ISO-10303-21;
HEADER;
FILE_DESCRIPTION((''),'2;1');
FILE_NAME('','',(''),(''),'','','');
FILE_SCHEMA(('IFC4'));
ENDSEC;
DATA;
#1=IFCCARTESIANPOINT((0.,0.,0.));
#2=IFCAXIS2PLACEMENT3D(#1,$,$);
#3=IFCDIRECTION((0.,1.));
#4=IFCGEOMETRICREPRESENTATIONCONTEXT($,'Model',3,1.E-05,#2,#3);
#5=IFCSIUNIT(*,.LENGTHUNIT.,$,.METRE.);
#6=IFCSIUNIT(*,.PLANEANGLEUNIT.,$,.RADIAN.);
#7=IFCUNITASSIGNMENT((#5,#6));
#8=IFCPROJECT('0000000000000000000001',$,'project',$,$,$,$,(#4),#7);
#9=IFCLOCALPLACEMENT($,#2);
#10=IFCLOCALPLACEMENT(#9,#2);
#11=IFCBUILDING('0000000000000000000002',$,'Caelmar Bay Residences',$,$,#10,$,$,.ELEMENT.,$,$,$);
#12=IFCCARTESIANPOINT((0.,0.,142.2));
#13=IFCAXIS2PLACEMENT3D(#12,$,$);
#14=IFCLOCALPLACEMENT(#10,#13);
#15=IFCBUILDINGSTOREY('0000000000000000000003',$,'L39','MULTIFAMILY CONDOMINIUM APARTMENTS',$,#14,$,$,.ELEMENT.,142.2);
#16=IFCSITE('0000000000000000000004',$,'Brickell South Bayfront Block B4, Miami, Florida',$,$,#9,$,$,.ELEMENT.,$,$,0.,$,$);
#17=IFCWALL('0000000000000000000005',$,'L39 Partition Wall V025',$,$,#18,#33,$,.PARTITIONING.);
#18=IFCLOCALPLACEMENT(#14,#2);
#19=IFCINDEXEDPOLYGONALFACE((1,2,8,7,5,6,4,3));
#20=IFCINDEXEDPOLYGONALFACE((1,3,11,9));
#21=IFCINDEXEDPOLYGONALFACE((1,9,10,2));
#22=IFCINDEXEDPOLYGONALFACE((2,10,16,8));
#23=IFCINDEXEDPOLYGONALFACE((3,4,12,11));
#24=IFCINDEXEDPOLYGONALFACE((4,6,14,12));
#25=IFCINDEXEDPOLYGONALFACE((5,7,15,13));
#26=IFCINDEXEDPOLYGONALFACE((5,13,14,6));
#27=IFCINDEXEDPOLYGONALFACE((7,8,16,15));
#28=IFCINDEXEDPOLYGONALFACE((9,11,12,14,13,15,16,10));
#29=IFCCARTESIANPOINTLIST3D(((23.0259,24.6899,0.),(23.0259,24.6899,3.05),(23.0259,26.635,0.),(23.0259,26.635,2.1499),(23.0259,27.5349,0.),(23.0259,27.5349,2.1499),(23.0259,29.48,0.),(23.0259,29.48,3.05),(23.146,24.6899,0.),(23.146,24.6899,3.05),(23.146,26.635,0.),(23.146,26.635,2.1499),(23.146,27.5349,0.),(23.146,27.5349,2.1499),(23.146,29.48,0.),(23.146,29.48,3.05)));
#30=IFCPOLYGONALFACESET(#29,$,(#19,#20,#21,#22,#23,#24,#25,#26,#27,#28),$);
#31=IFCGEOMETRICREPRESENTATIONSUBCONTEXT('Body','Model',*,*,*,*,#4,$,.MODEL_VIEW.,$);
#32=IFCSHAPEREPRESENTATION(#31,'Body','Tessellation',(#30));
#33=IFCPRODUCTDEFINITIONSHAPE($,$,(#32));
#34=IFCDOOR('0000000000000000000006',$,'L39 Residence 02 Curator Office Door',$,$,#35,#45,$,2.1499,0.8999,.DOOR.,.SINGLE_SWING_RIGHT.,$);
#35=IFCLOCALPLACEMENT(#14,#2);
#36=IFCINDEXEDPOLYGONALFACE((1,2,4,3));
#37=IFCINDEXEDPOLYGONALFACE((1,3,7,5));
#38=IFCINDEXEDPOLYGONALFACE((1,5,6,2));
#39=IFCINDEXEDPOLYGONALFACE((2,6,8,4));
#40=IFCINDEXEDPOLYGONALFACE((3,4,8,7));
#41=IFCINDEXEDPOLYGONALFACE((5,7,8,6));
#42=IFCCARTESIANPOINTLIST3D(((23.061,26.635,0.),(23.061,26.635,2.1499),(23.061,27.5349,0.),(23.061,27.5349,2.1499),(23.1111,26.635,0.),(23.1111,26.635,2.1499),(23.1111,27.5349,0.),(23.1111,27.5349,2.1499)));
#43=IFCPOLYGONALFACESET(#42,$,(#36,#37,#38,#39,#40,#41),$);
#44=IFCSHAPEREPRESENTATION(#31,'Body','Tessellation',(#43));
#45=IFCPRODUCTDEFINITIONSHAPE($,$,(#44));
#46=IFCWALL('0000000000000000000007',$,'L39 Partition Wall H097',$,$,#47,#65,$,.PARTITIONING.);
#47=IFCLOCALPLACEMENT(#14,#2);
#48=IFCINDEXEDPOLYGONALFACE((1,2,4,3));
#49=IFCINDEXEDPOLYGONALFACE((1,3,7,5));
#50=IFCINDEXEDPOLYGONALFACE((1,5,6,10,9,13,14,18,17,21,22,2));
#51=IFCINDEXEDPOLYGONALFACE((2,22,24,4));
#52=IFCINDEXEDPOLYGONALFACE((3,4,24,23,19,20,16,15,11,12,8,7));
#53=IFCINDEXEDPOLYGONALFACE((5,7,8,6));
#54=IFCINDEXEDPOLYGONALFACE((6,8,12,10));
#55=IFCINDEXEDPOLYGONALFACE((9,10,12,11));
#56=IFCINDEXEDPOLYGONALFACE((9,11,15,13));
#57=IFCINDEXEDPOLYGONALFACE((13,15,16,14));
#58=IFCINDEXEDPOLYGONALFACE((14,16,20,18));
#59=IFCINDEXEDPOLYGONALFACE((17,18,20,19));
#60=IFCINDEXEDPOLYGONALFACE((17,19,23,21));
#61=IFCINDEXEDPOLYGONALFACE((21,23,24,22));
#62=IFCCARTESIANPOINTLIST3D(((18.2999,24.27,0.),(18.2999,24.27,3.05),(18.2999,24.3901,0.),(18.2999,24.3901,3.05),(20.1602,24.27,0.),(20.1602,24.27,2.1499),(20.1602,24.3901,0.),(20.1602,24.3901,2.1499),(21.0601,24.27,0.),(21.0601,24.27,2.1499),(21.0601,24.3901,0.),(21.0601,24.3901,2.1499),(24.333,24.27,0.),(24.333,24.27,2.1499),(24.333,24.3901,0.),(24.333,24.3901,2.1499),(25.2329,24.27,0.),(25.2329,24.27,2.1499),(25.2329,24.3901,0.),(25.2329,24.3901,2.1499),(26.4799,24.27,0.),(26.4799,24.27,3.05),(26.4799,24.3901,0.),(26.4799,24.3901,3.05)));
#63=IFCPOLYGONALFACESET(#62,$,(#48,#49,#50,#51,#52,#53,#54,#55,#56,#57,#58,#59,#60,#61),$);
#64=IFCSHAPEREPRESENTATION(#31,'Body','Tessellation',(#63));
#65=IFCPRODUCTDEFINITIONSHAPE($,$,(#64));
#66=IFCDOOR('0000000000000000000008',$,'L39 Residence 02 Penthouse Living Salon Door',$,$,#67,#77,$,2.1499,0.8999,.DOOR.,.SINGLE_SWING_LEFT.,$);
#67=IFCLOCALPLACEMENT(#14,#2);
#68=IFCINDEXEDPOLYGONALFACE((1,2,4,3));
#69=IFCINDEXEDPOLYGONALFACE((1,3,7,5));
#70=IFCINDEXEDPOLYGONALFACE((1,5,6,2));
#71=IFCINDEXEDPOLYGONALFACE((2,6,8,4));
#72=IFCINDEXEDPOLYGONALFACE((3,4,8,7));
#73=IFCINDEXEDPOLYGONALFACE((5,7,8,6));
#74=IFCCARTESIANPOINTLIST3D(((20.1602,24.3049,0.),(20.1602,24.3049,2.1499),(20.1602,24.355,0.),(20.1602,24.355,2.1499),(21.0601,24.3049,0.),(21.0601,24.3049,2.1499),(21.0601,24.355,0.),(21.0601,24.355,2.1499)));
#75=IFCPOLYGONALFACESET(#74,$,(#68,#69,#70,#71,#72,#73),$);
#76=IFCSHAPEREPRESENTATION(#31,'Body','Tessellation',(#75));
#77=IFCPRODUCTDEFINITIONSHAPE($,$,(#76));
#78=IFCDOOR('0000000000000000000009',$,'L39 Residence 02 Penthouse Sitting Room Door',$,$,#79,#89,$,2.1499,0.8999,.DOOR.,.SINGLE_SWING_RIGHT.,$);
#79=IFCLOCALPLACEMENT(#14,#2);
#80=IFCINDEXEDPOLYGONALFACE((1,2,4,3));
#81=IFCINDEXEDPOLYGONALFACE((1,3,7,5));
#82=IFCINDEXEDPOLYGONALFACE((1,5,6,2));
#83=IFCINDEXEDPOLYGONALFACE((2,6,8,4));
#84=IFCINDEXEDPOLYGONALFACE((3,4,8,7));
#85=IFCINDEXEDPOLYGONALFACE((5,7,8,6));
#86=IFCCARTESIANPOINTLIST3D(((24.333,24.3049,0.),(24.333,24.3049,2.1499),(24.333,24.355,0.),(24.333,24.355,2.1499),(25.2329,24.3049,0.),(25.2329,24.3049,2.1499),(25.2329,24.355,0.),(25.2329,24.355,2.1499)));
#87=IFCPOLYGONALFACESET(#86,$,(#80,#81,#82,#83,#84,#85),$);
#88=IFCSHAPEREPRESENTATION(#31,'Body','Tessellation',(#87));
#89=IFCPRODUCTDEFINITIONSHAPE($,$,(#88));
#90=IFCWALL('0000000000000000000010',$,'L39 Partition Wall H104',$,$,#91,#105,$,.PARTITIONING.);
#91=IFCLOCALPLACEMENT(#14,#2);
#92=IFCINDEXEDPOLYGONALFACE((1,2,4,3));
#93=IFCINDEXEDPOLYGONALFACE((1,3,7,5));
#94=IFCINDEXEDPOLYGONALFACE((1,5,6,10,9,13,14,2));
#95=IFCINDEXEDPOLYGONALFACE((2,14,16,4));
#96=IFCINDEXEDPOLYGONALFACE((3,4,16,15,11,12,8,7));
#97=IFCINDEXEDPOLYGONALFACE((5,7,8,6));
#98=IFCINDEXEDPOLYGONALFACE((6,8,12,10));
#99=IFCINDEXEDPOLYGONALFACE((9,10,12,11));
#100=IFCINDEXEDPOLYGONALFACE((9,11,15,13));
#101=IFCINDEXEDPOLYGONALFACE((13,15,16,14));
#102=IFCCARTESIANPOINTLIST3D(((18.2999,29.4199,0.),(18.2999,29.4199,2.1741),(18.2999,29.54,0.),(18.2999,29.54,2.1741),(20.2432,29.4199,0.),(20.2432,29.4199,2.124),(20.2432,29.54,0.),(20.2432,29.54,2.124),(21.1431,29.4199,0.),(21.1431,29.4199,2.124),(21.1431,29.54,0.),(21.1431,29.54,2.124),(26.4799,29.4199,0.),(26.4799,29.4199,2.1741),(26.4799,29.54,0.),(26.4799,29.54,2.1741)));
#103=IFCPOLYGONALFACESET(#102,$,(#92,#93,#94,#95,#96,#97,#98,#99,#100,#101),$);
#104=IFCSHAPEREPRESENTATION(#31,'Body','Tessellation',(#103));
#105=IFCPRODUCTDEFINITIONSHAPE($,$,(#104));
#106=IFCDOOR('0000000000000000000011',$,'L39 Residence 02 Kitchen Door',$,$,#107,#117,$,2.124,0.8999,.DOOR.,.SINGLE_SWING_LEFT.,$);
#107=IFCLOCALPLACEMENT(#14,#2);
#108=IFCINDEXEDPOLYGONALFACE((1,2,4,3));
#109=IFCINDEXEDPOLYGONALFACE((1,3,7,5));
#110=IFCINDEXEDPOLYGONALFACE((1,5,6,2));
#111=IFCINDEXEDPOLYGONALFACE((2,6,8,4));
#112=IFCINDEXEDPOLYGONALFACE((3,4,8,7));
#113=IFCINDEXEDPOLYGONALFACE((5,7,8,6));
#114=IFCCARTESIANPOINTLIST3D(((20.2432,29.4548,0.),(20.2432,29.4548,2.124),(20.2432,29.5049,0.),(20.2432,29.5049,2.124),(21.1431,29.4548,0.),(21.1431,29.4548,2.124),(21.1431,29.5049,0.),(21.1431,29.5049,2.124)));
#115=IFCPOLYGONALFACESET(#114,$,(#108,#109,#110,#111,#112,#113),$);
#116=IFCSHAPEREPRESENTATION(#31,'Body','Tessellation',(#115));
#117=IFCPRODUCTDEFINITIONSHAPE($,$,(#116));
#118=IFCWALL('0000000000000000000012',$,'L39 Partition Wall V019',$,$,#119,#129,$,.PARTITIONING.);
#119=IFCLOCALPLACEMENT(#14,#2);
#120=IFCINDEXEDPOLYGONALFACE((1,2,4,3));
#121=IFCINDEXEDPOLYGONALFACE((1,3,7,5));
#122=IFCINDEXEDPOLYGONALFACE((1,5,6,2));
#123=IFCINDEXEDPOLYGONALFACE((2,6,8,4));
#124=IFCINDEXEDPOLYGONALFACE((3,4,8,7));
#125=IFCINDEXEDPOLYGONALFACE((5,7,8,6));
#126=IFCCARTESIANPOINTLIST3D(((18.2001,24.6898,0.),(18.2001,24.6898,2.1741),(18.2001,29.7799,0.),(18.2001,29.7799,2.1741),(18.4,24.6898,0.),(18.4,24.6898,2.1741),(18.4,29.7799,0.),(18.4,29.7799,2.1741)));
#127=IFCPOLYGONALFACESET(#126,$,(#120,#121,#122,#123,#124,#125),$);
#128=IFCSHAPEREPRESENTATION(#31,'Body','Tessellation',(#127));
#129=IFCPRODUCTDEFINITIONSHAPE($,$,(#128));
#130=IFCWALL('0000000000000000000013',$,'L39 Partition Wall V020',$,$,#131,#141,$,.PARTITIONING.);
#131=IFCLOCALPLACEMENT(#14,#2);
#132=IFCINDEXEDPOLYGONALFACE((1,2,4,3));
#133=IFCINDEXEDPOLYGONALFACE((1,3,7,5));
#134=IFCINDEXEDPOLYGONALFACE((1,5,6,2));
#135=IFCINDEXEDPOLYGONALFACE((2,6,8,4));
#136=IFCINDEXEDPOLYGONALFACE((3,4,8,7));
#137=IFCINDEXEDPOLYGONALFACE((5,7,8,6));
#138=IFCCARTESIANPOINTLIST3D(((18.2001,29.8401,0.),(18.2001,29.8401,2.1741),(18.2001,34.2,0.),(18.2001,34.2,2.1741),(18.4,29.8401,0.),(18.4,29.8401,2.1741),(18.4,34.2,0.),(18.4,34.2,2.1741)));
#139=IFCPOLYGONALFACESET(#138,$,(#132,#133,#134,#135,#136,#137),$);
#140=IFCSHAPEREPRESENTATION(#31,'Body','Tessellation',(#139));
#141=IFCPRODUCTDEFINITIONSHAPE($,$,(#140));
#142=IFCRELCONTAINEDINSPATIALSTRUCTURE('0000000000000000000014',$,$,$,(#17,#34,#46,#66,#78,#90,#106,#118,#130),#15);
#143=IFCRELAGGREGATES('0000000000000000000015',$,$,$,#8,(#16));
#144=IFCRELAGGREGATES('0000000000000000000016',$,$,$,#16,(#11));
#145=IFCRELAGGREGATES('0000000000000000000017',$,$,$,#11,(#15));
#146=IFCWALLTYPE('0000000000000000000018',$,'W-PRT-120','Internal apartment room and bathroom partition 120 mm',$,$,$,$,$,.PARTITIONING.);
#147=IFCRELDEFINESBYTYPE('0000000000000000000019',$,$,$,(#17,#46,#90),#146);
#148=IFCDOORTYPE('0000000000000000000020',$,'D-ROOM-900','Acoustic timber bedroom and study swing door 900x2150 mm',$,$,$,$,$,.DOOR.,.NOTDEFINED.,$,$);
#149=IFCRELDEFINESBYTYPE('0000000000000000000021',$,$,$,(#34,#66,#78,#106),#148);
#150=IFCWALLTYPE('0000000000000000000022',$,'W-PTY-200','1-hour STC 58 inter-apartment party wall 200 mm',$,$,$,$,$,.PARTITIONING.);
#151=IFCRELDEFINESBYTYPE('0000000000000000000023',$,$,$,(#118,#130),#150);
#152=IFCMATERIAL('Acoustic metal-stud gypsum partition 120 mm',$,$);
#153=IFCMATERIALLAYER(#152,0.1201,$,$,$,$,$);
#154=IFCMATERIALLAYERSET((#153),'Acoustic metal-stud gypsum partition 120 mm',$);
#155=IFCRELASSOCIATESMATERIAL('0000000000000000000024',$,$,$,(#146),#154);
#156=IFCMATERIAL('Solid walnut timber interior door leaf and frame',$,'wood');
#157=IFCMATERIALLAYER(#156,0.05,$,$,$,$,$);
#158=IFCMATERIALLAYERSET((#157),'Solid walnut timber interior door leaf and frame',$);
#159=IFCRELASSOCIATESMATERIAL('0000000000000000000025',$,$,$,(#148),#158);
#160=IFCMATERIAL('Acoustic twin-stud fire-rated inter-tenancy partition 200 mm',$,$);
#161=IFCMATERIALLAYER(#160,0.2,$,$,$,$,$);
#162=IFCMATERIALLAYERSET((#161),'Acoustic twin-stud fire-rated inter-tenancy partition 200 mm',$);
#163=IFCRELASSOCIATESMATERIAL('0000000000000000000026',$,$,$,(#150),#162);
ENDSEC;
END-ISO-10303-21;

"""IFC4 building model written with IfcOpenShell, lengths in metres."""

from ifc_helpers import new_model, si_unit, direction, frame, frame_2d, origin, place, context, subcontext, project, spatial, rectangle, extrude, material, layer, layer_set, type_object, element, fill, save


model = new_model("IFC4")

# Units and contexts
model_context = context("Model", 3, precision=1e-05, world=origin(), true_north=direction((0.0, 1.0)))
body_context = subcontext(model_context, "Body", "Model", "MODEL_VIEW")
ifc_project = project(units=[si_unit("LENGTHUNIT", "METRE"), si_unit("PLANEANGLEUNIT", "RADIAN")], contexts=[model_context])

# Site, building, storey
site_placement = place(None, origin())
site = spatial("IfcSite", under=ifc_project, at=site_placement, Name="Brickell South Bayfront Block B4, Miami, Florida", CompositionType="ELEMENT", RefElevation=0.0)
building_placement = place(site_placement, origin())
building = spatial("IfcBuilding", under=site, at=building_placement, Name="Caelmar Bay Residences", CompositionType="ELEMENT")
storey_placement = place(building_placement, frame((0.0, 0.0, 142.2)))
storey = spatial("IfcBuildingStorey", under=building, at=storey_placement, Name="L39", Description="MULTIFAMILY CONDOMINIUM APARTMENTS", CompositionType="ELEMENT", Elevation=142.2)

# Shared definitions
ifc_material_1 = material(Name="Acoustic metal-stud gypsum partition 120 mm")
ifc_layer_1 = layer(ifc_material_1, 0.1201)
ifc_layer_set_1 = layer_set([ifc_layer_1], Name="Acoustic metal-stud gypsum partition 120 mm")
wall_type_1 = type_object("IfcWallType", Name="W-PRT-120", Description="Internal apartment room and bathroom partition 120 mm", PredefinedType="PARTITIONING", material=ifc_layer_set_1)

# Wall, opening, door
wall_1_placement = place(storey_placement, frame((23.0859, 24.6899, 0.0), z_axis=(0.0, 0.0, 1.0), x_axis=(0.0, 1.0, 0.0)))
wall_1 = element("IfcWall", 1, at=wall_1_placement, inside=storey, type_object=wall_type_1, Name="L39 Partition Wall V025", PredefinedType="PARTITIONING", context=body_context, shape_type="SweptSolid", body=[
    extrude(rectangle(XDim=4.79, YDim=0.1201, at=frame_2d((2.395, 0.0))), origin(), (0.0, 0.0, 1.0), 3.05),
])
opening_1_placement = place(wall_1_placement, frame((1.9451, 0.0, 0.0)))
opening_1 = element("IfcOpeningElement", 2, at=opening_1_placement, cuts=wall_1, PredefinedType="OPENING", context=body_context, shape_type="SweptSolid", body=[
    extrude(rectangle(XDim=0.8999, YDim=2.1499, at=frame_2d((0.45, 1.075))), frame((0.0, 0.0701, 0.0), z_axis=(0.0, -1.0, 0.0), x_axis=(1.0, 0.0, 0.0)), (0.0, 0.0, 1.0), 0.1401),
])
ifc_material_2 = material(Name="Solid walnut timber interior door leaf and frame", Category="wood")
ifc_layer_2 = layer(ifc_material_2, 0.05)
ifc_layer_set_2 = layer_set([ifc_layer_2], Name="Solid walnut timber interior door leaf and frame")
door_type_1 = type_object("IfcDoorType", Name="D-ROOM-900", Description="Acoustic timber bedroom and study swing door 900x2150 mm", OperationType="NOTDEFINED", PredefinedType="DOOR", material=ifc_layer_set_2)
door_1_placement = place(opening_1_placement, origin())
door_1 = element("IfcDoor", 3, at=door_1_placement, inside=storey, type_object=door_type_1, Name="L39 Residence 02 Curator Office Door", OperationType="SINGLE_SWING_RIGHT", OverallHeight=2.1499, OverallWidth=0.8999, PredefinedType="DOOR", context=body_context, shape_type="SweptSolid", body=[
    extrude(rectangle(XDim=0.8999, YDim=2.1499, at=frame_2d((0.45, 1.075))), frame((0.0, 0.0249, 0.0), z_axis=(0.0, -1.0, 0.0), x_axis=(1.0, 0.0, 0.0)), (0.0, 0.0, 1.0), 0.05),
])
fill(opening_1, door_1)

# Wall, openings, doors
wall_2_placement = place(storey_placement, frame((18.3, 24.3301, 0.0), z_axis=(0.0, 0.0, 1.0), x_axis=(1.0, 0.0, 0.0)))
wall_2 = element("IfcWall", 4, at=wall_2_placement, inside=storey, type_object=wall_type_1, Name="L39 Partition Wall H097", PredefinedType="PARTITIONING", context=body_context, shape_type="SweptSolid", body=[
    extrude(rectangle(XDim=8.1799, YDim=0.1201, at=frame_2d((4.0898, 0.0))), origin(), (0.0, 0.0, 1.0), 3.05),
])
opening_2_placement = place(wall_2_placement, frame((1.8601, 0.0, 0.0)))
opening_2 = element("IfcOpeningElement", 5, at=opening_2_placement, cuts=wall_2, PredefinedType="OPENING", context=body_context, shape_type="SweptSolid", body=[
    extrude(rectangle(XDim=0.8999, YDim=2.1499, at=frame_2d((0.45, 1.075))), frame((0.0, 0.0701, 0.0), z_axis=(0.0, -1.0, 0.0), x_axis=(1.0, 0.0, 0.0)), (0.0, 0.0, 1.0), 0.1401),
])
opening_3_placement = place(wall_2_placement, frame((6.033, 0.0, 0.0)))
opening_3 = element("IfcOpeningElement", 6, at=opening_3_placement, cuts=wall_2, PredefinedType="OPENING", context=body_context, shape_type="SweptSolid", body=[
    extrude(rectangle(XDim=0.8999, YDim=2.1499, at=frame_2d((0.45, 1.075))), frame((0.0, 0.0701, 0.0), z_axis=(0.0, -1.0, 0.0), x_axis=(1.0, 0.0, 0.0)), (0.0, 0.0, 1.0), 0.1401),
])
door_2_placement = place(opening_2_placement, origin())
door_2 = element("IfcDoor", 7, at=door_2_placement, inside=storey, type_object=door_type_1, Name="L39 Residence 02 Penthouse Living Salon Door", OperationType="SINGLE_SWING_LEFT", OverallHeight=2.1499, OverallWidth=0.8999, PredefinedType="DOOR", context=body_context, shape_type="SweptSolid", body=[
    extrude(rectangle(XDim=0.8999, YDim=2.1499, at=frame_2d((0.45, 1.075))), frame((0.0, 0.0249, 0.0), z_axis=(0.0, -1.0, 0.0), x_axis=(1.0, 0.0, 0.0)), (0.0, 0.0, 1.0), 0.05),
])
fill(opening_2, door_2)
door_3_placement = place(opening_3_placement, origin())
door_3 = element("IfcDoor", 8, at=door_3_placement, inside=storey, type_object=door_type_1, Name="L39 Residence 02 Penthouse Sitting Room Door", OperationType="SINGLE_SWING_RIGHT", OverallHeight=2.1499, OverallWidth=0.8999, PredefinedType="DOOR", context=body_context, shape_type="SweptSolid", body=[
    extrude(rectangle(XDim=0.8999, YDim=2.1499, at=frame_2d((0.45, 1.075))), frame((0.0, 0.0249, 0.0), z_axis=(0.0, -1.0, 0.0), x_axis=(1.0, 0.0, 0.0)), (0.0, 0.0, 1.0), 0.05),
])
fill(opening_3, door_3)

# Wall, opening, door
wall_3_placement = place(storey_placement, frame((18.3, 29.48, 0.0), z_axis=(0.0, 0.0, 1.0), x_axis=(1.0, 0.0, 0.0)))
wall_3 = element("IfcWall", 9, at=wall_3_placement, inside=storey, type_object=wall_type_1, Name="L39 Partition Wall H104", PredefinedType="PARTITIONING", context=body_context, shape_type="SweptSolid", body=[
    extrude(rectangle(XDim=8.1799, YDim=0.1201, at=frame_2d((4.0898, 0.0))), origin(), (0.0, 0.0, 1.0), 2.1741),
])
opening_4_placement = place(wall_3_placement, frame((1.9431, 0.0, 0.0)))
opening_4 = element("IfcOpeningElement", 10, at=opening_4_placement, cuts=wall_3, PredefinedType="OPENING", context=body_context, shape_type="SweptSolid", body=[
    extrude(rectangle(XDim=0.8999, YDim=2.124, at=frame_2d((0.45, 1.062))), frame((0.0, 0.0701, 0.0), z_axis=(0.0, -1.0, 0.0), x_axis=(1.0, 0.0, 0.0)), (0.0, 0.0, 1.0), 0.1401),
])
door_4_placement = place(opening_4_placement, origin())
door_4 = element("IfcDoor", 11, at=door_4_placement, inside=storey, type_object=door_type_1, Name="L39 Residence 02 Kitchen Door", OperationType="SINGLE_SWING_LEFT", OverallHeight=2.124, OverallWidth=0.8999, PredefinedType="DOOR", context=body_context, shape_type="SweptSolid", body=[
    extrude(rectangle(XDim=0.8999, YDim=2.124, at=frame_2d((0.45, 1.062))), frame((0.0, 0.0249, 0.0), z_axis=(0.0, -1.0, 0.0), x_axis=(1.0, 0.0, 0.0)), (0.0, 0.0, 1.0), 0.05),
])
fill(opening_4, door_4)

# Walls
ifc_material_3 = material(Name="Acoustic twin-stud fire-rated inter-tenancy partition 200 mm")
ifc_layer_3 = layer(ifc_material_3, 0.2)
ifc_layer_set_3 = layer_set([ifc_layer_3], Name="Acoustic twin-stud fire-rated inter-tenancy partition 200 mm")
wall_type_2 = type_object("IfcWallType", Name="W-PTY-200", Description="1-hour STC 58 inter-apartment party wall 200 mm", PredefinedType="PARTITIONING", material=ifc_layer_set_3)
wall_4_placement = place(storey_placement, frame((18.3, 24.6899, 0.0), z_axis=(0.0, 0.0, 1.0), x_axis=(0.0, 1.0, 0.0)))
element("IfcWall", 12, at=wall_4_placement, inside=storey, type_object=wall_type_2, Name="L39 Partition Wall V019", PredefinedType="PARTITIONING", context=body_context, shape_type="SweptSolid", body=[
    extrude(rectangle(XDim=5.0901, YDim=0.2, at=frame_2d((2.5449, 0.0))), origin(), (0.0, 0.0, 1.0), 2.1741),
])
wall_5_placement = place(storey_placement, frame((18.3, 29.8401, 0.0), z_axis=(0.0, 0.0, 1.0), x_axis=(0.0, 1.0, 0.0)))
element("IfcWall", 13, at=wall_5_placement, inside=storey, type_object=wall_type_2, Name="L39 Partition Wall V020", PredefinedType="PARTITIONING", context=body_context, shape_type="SweptSolid", body=[
    extrude(rectangle(XDim=4.3599, YDim=0.2, at=frame_2d((2.1799, 0.0))), origin(), (0.0, 0.0, 1.0), 2.1741),
])

save(model, "model.ifc")
